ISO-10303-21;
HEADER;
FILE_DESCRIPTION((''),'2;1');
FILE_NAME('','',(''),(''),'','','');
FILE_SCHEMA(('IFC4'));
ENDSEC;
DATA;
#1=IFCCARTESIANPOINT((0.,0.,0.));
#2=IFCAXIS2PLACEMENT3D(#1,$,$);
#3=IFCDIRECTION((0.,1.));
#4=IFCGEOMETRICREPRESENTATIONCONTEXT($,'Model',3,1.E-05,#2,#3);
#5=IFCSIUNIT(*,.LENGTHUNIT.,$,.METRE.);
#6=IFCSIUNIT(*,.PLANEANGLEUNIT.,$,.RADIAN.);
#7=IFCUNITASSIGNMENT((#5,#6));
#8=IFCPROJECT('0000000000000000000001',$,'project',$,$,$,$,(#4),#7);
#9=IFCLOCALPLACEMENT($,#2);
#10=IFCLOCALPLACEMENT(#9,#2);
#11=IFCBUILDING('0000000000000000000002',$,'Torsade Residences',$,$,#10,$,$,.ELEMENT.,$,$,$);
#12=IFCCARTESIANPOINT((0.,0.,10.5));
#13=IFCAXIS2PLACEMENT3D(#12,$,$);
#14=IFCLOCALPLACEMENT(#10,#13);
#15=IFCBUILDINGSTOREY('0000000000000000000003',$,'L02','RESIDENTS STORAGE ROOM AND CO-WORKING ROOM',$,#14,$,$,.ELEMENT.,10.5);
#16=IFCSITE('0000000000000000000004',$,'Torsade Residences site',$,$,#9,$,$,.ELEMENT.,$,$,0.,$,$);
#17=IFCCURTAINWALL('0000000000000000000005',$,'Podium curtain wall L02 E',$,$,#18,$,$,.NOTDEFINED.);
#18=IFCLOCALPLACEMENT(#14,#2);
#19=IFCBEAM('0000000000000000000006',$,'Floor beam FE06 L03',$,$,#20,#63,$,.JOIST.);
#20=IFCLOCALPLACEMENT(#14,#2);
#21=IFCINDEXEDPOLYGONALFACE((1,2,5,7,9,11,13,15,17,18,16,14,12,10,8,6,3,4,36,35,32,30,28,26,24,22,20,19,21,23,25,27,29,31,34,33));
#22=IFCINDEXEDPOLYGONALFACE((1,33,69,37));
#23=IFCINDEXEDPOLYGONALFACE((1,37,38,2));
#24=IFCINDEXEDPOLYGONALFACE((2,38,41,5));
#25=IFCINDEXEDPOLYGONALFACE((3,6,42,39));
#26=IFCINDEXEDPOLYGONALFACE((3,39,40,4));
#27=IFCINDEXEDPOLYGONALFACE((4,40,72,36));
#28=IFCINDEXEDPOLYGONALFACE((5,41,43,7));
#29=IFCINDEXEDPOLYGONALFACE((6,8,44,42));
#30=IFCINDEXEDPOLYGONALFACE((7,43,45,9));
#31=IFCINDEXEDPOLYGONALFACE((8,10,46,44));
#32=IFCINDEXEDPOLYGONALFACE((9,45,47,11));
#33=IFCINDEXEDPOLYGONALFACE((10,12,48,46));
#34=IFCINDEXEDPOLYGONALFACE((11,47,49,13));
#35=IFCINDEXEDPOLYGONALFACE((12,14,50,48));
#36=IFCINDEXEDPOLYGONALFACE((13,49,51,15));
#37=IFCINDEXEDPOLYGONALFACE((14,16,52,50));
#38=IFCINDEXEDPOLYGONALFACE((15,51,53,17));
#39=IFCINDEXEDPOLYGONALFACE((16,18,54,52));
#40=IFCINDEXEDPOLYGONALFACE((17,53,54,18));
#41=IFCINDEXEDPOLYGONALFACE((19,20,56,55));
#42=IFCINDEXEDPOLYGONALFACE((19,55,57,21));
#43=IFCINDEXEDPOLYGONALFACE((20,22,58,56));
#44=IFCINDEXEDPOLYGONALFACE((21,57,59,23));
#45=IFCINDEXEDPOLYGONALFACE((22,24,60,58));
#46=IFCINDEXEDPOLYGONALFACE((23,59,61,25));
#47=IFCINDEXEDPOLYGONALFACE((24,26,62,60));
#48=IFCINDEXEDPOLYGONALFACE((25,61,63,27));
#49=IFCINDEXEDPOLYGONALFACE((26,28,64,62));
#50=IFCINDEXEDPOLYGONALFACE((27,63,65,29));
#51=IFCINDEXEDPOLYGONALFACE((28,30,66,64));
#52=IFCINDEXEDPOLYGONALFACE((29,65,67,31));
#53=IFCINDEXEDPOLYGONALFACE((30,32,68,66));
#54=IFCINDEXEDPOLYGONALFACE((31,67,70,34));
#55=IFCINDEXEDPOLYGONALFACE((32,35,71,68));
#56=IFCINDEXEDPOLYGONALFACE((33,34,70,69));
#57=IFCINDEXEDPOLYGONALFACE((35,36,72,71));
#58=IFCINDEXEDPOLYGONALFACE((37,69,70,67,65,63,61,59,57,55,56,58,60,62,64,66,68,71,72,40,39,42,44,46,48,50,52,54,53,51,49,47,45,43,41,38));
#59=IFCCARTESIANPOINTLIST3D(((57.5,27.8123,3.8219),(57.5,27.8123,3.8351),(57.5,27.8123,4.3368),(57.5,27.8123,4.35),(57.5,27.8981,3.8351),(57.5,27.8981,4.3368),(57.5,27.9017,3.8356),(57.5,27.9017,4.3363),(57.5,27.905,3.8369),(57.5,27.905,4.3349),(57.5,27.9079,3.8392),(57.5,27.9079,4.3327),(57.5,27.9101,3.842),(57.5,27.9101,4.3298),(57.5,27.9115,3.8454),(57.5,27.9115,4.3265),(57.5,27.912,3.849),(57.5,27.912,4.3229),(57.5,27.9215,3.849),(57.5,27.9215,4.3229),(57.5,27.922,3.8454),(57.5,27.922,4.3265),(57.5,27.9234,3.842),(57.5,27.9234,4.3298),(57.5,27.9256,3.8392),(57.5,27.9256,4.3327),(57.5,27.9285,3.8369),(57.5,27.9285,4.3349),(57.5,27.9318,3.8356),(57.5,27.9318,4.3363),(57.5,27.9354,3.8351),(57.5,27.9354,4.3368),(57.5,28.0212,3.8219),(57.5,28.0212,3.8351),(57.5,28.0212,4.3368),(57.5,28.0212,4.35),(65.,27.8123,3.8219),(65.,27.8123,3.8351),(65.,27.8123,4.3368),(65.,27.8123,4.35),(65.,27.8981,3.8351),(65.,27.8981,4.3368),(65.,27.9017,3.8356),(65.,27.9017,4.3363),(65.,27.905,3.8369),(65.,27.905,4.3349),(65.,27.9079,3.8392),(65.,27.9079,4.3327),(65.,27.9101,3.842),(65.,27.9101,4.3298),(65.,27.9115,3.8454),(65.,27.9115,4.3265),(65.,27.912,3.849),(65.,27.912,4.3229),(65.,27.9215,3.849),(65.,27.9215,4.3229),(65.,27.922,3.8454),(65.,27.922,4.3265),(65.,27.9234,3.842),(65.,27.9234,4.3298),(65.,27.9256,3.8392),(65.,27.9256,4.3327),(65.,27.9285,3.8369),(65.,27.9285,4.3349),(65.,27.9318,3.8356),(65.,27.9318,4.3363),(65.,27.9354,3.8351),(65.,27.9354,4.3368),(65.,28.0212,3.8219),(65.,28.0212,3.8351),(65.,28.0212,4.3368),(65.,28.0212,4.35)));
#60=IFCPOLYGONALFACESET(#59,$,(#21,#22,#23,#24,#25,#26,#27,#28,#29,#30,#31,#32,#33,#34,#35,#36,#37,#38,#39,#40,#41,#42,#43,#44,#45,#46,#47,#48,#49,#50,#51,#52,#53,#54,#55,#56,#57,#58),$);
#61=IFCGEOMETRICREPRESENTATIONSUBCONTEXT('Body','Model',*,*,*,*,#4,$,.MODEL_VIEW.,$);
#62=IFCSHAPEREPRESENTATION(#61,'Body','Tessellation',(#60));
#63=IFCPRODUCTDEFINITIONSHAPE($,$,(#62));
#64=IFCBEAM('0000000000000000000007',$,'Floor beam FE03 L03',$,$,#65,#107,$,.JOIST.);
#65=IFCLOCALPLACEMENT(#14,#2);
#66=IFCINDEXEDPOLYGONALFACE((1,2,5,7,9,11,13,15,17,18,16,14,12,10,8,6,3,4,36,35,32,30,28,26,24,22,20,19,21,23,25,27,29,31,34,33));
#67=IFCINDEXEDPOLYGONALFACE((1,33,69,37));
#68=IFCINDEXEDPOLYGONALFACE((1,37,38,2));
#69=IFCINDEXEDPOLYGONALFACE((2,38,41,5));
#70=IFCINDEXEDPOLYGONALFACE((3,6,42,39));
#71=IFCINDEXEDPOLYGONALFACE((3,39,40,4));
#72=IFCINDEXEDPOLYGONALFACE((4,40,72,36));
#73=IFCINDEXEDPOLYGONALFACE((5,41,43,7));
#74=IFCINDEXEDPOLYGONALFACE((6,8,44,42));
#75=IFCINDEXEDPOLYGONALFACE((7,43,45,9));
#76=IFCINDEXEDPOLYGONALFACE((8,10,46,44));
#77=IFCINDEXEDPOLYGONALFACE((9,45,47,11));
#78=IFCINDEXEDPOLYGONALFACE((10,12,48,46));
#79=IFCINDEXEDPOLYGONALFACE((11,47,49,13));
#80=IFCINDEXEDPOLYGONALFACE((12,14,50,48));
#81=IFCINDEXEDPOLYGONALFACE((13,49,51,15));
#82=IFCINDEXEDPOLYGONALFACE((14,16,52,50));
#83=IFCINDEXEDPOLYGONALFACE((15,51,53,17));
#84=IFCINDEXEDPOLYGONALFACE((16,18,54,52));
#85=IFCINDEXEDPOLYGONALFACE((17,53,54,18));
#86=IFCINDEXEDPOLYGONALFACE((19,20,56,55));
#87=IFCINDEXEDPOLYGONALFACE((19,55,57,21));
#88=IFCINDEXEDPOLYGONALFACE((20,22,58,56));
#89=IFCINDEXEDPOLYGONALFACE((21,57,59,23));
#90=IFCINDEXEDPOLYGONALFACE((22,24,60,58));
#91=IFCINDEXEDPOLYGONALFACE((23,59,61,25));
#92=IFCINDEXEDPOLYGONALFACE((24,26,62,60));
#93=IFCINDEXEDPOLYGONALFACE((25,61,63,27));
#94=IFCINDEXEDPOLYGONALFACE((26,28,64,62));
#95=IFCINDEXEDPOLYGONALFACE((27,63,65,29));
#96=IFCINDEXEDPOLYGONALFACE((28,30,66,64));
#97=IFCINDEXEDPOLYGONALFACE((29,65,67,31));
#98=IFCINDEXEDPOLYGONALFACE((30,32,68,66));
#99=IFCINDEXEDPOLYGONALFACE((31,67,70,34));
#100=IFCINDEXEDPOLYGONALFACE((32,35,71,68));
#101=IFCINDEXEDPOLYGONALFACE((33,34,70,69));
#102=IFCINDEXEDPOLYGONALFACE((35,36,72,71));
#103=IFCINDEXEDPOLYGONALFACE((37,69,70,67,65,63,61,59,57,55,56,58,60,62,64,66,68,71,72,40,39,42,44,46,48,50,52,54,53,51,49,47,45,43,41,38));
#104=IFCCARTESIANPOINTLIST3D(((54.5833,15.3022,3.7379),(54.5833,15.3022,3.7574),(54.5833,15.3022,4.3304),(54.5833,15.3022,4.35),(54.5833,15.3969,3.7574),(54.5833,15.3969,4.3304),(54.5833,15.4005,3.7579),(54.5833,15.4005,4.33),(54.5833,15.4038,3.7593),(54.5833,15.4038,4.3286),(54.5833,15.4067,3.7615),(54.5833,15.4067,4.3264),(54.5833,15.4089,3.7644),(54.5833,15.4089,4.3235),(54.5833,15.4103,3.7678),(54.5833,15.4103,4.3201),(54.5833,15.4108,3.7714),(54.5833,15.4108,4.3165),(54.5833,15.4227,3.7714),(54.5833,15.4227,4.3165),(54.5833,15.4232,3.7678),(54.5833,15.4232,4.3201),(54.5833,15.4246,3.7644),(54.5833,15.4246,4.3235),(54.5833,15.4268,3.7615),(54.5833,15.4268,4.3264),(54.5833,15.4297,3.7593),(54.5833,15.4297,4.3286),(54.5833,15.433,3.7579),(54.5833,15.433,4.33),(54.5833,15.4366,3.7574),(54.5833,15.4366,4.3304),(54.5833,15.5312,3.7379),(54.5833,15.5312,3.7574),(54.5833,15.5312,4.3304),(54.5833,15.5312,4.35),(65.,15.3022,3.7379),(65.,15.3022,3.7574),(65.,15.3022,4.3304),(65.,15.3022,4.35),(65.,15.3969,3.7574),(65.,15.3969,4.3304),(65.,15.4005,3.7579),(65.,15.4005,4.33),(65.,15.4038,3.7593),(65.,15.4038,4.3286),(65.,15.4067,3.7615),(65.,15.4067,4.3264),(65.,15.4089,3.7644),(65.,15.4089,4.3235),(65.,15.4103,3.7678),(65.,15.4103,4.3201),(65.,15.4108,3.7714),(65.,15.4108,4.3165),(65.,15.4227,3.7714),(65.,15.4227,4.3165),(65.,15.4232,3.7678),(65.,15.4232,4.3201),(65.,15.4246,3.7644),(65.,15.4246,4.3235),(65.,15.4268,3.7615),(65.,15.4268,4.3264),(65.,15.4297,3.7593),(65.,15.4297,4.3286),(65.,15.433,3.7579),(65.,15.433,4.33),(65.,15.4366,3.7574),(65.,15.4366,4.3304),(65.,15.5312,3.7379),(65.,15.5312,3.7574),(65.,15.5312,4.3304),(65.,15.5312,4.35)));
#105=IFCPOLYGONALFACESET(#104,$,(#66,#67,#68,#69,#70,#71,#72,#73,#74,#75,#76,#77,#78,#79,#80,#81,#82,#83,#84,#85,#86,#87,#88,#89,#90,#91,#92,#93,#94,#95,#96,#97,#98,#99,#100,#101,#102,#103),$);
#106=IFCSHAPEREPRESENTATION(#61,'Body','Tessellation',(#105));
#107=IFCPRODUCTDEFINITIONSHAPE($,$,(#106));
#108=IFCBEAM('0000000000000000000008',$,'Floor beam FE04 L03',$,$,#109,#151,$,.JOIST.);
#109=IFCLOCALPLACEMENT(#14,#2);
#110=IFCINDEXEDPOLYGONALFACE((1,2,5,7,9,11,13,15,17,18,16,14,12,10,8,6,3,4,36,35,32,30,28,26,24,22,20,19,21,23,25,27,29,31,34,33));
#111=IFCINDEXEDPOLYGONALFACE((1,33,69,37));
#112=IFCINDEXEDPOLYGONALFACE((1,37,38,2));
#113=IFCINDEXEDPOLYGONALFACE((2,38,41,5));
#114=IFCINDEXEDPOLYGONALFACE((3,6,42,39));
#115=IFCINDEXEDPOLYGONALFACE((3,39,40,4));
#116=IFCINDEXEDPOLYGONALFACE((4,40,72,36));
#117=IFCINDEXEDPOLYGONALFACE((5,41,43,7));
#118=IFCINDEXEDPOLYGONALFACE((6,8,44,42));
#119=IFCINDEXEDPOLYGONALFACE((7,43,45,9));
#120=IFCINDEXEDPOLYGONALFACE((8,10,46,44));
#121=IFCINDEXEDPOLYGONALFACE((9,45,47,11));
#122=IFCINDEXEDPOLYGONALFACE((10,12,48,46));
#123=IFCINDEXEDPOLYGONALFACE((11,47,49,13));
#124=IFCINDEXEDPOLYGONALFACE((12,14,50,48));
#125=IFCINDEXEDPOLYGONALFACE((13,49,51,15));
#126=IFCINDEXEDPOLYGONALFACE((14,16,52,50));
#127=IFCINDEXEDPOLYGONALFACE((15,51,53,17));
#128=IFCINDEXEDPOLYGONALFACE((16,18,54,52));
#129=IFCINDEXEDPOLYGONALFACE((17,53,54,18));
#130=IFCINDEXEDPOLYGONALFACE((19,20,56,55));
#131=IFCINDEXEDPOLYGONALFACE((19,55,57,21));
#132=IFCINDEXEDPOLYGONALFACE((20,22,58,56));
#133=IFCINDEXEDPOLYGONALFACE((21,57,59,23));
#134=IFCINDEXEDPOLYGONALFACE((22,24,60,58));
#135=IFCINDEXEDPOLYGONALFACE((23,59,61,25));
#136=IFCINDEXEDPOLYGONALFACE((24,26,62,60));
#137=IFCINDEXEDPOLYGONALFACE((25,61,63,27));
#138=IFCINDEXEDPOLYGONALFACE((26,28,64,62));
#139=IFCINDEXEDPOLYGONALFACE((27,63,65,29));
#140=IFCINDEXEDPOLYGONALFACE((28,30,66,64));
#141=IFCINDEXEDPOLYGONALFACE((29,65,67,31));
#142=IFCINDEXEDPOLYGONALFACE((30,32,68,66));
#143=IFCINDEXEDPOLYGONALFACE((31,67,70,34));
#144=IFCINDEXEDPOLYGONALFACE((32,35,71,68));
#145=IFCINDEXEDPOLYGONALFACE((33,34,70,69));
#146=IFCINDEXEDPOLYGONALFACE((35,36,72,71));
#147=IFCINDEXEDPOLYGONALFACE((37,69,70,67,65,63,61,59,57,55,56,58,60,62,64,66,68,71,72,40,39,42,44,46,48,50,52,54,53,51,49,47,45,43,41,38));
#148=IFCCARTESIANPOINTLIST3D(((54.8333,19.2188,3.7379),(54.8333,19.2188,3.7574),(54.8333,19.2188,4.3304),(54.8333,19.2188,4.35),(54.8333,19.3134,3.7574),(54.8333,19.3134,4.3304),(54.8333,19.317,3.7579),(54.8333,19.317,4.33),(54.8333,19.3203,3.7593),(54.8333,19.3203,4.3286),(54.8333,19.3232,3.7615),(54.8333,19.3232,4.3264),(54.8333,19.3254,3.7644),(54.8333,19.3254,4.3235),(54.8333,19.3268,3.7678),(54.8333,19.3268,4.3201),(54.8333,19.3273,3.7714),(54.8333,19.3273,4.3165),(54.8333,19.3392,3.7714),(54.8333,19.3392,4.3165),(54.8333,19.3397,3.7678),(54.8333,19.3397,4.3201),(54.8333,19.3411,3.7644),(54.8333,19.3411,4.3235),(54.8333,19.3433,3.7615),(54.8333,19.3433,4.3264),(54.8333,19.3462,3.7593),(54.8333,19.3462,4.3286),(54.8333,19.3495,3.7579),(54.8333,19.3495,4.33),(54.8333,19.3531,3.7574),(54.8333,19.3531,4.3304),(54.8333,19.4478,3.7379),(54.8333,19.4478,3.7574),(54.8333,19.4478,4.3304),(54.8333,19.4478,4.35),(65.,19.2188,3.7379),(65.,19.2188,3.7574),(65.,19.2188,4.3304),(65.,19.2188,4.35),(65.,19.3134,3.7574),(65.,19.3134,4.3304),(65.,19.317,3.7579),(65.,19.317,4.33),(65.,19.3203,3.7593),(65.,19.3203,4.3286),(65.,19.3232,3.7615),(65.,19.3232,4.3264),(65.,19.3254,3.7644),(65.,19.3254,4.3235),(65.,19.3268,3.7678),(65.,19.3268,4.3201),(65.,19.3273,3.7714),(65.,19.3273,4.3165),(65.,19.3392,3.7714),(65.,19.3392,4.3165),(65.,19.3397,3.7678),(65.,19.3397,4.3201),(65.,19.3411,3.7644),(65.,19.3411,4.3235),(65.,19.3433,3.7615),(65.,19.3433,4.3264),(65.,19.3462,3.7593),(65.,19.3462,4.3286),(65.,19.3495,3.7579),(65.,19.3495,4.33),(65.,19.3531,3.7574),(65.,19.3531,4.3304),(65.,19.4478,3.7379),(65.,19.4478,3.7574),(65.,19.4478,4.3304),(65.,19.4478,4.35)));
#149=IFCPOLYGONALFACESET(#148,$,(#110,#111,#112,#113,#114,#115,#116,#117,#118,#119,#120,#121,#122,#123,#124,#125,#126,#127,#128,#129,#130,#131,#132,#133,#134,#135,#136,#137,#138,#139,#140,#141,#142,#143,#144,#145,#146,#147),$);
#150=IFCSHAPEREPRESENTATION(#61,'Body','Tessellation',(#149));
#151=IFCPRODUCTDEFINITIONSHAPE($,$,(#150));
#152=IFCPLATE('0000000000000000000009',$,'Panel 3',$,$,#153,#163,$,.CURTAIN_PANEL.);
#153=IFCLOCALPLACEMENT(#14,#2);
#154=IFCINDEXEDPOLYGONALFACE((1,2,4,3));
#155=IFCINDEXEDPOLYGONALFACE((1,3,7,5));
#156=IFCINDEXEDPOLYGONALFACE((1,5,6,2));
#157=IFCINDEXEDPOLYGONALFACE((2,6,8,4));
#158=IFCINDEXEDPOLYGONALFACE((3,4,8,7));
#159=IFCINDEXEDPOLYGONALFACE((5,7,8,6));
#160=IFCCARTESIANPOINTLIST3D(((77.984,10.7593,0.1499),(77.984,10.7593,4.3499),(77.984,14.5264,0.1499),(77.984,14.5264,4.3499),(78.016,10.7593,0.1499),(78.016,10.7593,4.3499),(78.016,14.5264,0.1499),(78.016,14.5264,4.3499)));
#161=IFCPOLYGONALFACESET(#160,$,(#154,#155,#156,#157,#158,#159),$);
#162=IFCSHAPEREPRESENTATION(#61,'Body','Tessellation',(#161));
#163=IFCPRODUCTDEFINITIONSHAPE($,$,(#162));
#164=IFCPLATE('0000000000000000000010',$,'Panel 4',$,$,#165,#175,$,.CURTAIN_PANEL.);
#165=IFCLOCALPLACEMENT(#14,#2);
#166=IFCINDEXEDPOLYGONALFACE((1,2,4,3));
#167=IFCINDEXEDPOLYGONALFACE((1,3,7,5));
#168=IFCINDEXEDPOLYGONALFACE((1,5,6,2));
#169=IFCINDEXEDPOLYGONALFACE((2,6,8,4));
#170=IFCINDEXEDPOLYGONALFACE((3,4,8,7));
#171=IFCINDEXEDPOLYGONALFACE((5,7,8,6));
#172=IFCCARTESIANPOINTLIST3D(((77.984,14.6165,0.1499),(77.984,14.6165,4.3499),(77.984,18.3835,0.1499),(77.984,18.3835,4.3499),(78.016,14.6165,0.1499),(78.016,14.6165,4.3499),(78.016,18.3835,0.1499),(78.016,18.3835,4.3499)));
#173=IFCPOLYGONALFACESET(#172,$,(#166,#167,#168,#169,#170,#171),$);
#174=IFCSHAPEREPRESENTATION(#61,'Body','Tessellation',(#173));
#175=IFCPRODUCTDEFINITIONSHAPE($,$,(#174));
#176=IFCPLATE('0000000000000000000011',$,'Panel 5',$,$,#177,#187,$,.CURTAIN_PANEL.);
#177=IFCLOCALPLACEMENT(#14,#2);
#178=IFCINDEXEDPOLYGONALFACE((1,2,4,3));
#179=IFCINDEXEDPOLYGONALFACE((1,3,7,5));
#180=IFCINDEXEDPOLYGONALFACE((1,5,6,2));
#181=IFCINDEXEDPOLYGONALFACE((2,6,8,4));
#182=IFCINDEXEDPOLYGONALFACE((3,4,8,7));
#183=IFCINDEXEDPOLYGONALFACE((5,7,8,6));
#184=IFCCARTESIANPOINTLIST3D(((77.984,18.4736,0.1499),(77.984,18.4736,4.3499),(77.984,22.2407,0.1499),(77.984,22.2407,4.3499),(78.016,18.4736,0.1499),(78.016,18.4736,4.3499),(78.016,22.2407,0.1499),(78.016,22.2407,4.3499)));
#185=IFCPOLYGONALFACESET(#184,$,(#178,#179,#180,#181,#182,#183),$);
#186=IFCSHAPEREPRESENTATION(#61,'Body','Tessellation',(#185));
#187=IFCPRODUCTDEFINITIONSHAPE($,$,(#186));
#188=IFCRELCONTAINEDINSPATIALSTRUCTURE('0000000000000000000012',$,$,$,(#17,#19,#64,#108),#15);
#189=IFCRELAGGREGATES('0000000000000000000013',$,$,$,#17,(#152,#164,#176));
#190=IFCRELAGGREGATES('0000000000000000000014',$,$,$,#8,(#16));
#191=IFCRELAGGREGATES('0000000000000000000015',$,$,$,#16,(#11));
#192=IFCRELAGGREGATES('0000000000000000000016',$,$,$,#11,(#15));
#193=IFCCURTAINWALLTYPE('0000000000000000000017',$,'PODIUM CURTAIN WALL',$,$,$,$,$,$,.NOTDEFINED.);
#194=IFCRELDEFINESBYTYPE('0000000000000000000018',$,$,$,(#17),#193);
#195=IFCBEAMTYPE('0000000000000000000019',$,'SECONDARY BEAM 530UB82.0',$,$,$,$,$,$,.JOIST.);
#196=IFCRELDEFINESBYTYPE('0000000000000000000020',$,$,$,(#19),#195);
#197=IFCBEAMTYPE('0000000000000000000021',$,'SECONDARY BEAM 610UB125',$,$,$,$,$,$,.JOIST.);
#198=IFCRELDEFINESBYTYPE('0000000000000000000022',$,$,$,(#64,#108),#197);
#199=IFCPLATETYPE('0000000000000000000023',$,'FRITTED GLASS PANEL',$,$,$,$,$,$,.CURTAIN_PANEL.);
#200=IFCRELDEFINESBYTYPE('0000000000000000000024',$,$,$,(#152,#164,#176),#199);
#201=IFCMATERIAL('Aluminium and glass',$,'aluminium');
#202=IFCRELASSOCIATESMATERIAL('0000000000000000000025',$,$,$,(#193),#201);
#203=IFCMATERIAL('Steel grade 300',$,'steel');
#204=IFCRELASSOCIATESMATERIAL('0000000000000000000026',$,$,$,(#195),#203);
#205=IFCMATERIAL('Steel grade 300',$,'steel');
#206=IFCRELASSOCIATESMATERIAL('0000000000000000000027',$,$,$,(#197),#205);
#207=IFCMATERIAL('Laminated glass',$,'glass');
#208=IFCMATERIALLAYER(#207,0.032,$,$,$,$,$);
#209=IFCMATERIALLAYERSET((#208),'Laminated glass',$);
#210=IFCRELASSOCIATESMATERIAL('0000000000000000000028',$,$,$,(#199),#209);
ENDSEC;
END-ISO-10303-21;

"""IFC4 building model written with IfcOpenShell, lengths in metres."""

from ifc_helpers import new_model, si_unit, direction, frame, origin, origin_2d, place, context, subcontext, project, spatial, rectangle, i_section, extrude, material, layer, layer_set, material_profile, profile_set, type_object, element, aggregate, save


model = new_model("IFC4")

# Units and contexts
model_context = context("Model", 3, precision=1e-05, world=origin(), true_north=direction((0.0, 1.0)))
body_context = subcontext(model_context, "Body", "Model", "MODEL_VIEW")
ifc_project = project(units=[si_unit("LENGTHUNIT", "METRE"), si_unit("PLANEANGLEUNIT", "RADIAN")], contexts=[model_context])

# Site, building, storey
site_placement = place(None, origin())
site = spatial("IfcSite", under=ifc_project, at=site_placement, Name="Torsade Residences site", CompositionType="ELEMENT", RefElevation=0.0)
building_placement = place(site_placement, origin())
building = spatial("IfcBuilding", under=site, at=building_placement, Name="Torsade Residences", CompositionType="ELEMENT")
storey_placement = place(building_placement, frame((0.0, 0.0, 10.5)))
storey = spatial("IfcBuildingStorey", under=building, at=storey_placement, Name="L02", Description="RESIDENTS STORAGE ROOM AND CO-WORKING ROOM", CompositionType="ELEMENT", Elevation=10.5)

# Curtain wall
ifc_material_1 = material(Name="Aluminium and glass", Category="aluminium")
curtain_wall_type = type_object("IfcCurtainWallType", Name="PODIUM CURTAIN WALL", PredefinedType="NOTDEFINED", material=ifc_material_1)
curtain_wall_placement = place(storey_placement, origin())
curtain_wall = element("IfcCurtainWall", 1, at=curtain_wall_placement, inside=storey, type_object=curtain_wall_type, Name="Podium curtain wall L02 E", PredefinedType="NOTDEFINED")

# Beams
ifc_material_2 = material(Name="Steel grade 300", Category="steel")
ifc_material_profile_1 = material_profile(ifc_material_2, i_section(OverallWidth=0.209, OverallDepth=0.5281, WebThickness=0.0095, FlangeThickness=0.0132, FilletRadius=0.0139, at=origin_2d()), Name="530UB82.0")
ifc_profile_set_1 = profile_set([ifc_material_profile_1], Name="Steel grade 300")
beam_type_1 = type_object("IfcBeamType", Name="SECONDARY BEAM 530UB82.0", PredefinedType="JOIST", material=ifc_profile_set_1)
beam_1_placement = place(storey_placement, frame((65.0, 27.9167, 4.0859), z_axis=(-1.0, 0.0, 0.0), x_axis=(0.0, -1.0, 0.0)))
element("IfcBeam", 2, at=beam_1_placement, inside=storey, type_object=beam_type_1, Name="Floor beam FE06 L03", PredefinedType="JOIST", context=body_context, shape_type="SweptSolid", body=[
    extrude(i_section(OverallWidth=0.209, OverallDepth=0.5281, WebThickness=0.0095, FlangeThickness=0.0132, FilletRadius=0.0139, at=origin_2d()), origin(), (0.0, 0.0, 1.0), 7.5),
])
ifc_material_3 = material(Name="Steel grade 300", Category="steel")
ifc_material_profile_2 = material_profile(ifc_material_3, i_section(OverallWidth=0.229, OverallDepth=0.6121, WebThickness=0.012, FlangeThickness=0.0195, FilletRadius=0.0139, at=origin_2d()), Name="610UB125")
ifc_profile_set_2 = profile_set([ifc_material_profile_2], Name="Steel grade 300")
beam_type_2 = type_object("IfcBeamType", Name="SECONDARY BEAM 610UB125", PredefinedType="JOIST", material=ifc_profile_set_2)
beam_2_placement = place(storey_placement, frame((65.0, 15.4167, 4.0439), z_axis=(-1.0, 0.0, 0.0), x_axis=(0.0, -1.0, 0.0)))
element("IfcBeam", 3, at=beam_2_placement, inside=storey, type_object=beam_type_2, Name="Floor beam FE03 L03", PredefinedType="JOIST", context=body_context, shape_type="SweptSolid", body=[
    extrude(i_section(OverallWidth=0.229, OverallDepth=0.6121, WebThickness=0.012, FlangeThickness=0.0195, FilletRadius=0.0139, at=origin_2d()), origin(), (0.0, 0.0, 1.0), 10.4167),
])
beam_3_placement = place(storey_placement, frame((65.0, 19.3333, 4.0439), z_axis=(-1.0, 0.0, 0.0), x_axis=(0.0, -1.0, 0.0)))
element("IfcBeam", 4, at=beam_3_placement, inside=storey, type_object=beam_type_2, Name="Floor beam FE04 L03", PredefinedType="JOIST", context=body_context, shape_type="SweptSolid", body=[
    extrude(i_section(OverallWidth=0.229, OverallDepth=0.6121, WebThickness=0.012, FlangeThickness=0.0195, FilletRadius=0.0139, at=origin_2d()), origin(), (0.0, 0.0, 1.0), 10.1667),
])

# Plates
ifc_material_4 = material(Name="Laminated glass", Category="glass")
ifc_layer_1 = layer(ifc_material_4, 0.032)
ifc_layer_set_1 = layer_set([ifc_layer_1], Name="Laminated glass")
plate_type = type_object("IfcPlateType", Name="FRITTED GLASS PANEL", PredefinedType="CURTAIN_PANEL", material=ifc_layer_set_1)
plate_1_placement = place(storey_placement, frame((78.0, 12.6428, 0.1499), z_axis=(0.0, 0.0, 1.0), x_axis=(0.0, 1.0, 0.0)))
plate_1 = element("IfcPlate", 5, at=plate_1_placement, type_object=plate_type, Name="Panel 3", PredefinedType="CURTAIN_PANEL", context=body_context, shape_type="SweptSolid", body=[
    extrude(rectangle(XDim=3.7671, YDim=0.032, at=origin_2d()), origin(), (0.0, 0.0, 1.0), 4.2),
])
plate_2_placement = place(storey_placement, frame((78.0, 16.5, 0.1499), z_axis=(0.0, 0.0, 1.0), x_axis=(0.0, 1.0, 0.0)))
plate_2 = element("IfcPlate", 6, at=plate_2_placement, type_object=plate_type, Name="Panel 4", PredefinedType="CURTAIN_PANEL", context=body_context, shape_type="SweptSolid", body=[
    extrude(rectangle(XDim=3.7671, YDim=0.032, at=origin_2d()), origin(), (0.0, 0.0, 1.0), 4.2),
])
plate_3_placement = place(storey_placement, frame((78.0, 20.3572, 0.1499), z_axis=(0.0, 0.0, 1.0), x_axis=(0.0, 1.0, 0.0)))
plate_3 = element("IfcPlate", 7, at=plate_3_placement, type_object=plate_type, Name="Panel 5", PredefinedType="CURTAIN_PANEL", context=body_context, shape_type="SweptSolid", body=[
    extrude(rectangle(XDim=3.7671, YDim=0.032, at=origin_2d()), origin(), (0.0, 0.0, 1.0), 4.2),
])
aggregate(curtain_wall, [plate_1, plate_2, plate_3])

save(model, "model.ifc")
